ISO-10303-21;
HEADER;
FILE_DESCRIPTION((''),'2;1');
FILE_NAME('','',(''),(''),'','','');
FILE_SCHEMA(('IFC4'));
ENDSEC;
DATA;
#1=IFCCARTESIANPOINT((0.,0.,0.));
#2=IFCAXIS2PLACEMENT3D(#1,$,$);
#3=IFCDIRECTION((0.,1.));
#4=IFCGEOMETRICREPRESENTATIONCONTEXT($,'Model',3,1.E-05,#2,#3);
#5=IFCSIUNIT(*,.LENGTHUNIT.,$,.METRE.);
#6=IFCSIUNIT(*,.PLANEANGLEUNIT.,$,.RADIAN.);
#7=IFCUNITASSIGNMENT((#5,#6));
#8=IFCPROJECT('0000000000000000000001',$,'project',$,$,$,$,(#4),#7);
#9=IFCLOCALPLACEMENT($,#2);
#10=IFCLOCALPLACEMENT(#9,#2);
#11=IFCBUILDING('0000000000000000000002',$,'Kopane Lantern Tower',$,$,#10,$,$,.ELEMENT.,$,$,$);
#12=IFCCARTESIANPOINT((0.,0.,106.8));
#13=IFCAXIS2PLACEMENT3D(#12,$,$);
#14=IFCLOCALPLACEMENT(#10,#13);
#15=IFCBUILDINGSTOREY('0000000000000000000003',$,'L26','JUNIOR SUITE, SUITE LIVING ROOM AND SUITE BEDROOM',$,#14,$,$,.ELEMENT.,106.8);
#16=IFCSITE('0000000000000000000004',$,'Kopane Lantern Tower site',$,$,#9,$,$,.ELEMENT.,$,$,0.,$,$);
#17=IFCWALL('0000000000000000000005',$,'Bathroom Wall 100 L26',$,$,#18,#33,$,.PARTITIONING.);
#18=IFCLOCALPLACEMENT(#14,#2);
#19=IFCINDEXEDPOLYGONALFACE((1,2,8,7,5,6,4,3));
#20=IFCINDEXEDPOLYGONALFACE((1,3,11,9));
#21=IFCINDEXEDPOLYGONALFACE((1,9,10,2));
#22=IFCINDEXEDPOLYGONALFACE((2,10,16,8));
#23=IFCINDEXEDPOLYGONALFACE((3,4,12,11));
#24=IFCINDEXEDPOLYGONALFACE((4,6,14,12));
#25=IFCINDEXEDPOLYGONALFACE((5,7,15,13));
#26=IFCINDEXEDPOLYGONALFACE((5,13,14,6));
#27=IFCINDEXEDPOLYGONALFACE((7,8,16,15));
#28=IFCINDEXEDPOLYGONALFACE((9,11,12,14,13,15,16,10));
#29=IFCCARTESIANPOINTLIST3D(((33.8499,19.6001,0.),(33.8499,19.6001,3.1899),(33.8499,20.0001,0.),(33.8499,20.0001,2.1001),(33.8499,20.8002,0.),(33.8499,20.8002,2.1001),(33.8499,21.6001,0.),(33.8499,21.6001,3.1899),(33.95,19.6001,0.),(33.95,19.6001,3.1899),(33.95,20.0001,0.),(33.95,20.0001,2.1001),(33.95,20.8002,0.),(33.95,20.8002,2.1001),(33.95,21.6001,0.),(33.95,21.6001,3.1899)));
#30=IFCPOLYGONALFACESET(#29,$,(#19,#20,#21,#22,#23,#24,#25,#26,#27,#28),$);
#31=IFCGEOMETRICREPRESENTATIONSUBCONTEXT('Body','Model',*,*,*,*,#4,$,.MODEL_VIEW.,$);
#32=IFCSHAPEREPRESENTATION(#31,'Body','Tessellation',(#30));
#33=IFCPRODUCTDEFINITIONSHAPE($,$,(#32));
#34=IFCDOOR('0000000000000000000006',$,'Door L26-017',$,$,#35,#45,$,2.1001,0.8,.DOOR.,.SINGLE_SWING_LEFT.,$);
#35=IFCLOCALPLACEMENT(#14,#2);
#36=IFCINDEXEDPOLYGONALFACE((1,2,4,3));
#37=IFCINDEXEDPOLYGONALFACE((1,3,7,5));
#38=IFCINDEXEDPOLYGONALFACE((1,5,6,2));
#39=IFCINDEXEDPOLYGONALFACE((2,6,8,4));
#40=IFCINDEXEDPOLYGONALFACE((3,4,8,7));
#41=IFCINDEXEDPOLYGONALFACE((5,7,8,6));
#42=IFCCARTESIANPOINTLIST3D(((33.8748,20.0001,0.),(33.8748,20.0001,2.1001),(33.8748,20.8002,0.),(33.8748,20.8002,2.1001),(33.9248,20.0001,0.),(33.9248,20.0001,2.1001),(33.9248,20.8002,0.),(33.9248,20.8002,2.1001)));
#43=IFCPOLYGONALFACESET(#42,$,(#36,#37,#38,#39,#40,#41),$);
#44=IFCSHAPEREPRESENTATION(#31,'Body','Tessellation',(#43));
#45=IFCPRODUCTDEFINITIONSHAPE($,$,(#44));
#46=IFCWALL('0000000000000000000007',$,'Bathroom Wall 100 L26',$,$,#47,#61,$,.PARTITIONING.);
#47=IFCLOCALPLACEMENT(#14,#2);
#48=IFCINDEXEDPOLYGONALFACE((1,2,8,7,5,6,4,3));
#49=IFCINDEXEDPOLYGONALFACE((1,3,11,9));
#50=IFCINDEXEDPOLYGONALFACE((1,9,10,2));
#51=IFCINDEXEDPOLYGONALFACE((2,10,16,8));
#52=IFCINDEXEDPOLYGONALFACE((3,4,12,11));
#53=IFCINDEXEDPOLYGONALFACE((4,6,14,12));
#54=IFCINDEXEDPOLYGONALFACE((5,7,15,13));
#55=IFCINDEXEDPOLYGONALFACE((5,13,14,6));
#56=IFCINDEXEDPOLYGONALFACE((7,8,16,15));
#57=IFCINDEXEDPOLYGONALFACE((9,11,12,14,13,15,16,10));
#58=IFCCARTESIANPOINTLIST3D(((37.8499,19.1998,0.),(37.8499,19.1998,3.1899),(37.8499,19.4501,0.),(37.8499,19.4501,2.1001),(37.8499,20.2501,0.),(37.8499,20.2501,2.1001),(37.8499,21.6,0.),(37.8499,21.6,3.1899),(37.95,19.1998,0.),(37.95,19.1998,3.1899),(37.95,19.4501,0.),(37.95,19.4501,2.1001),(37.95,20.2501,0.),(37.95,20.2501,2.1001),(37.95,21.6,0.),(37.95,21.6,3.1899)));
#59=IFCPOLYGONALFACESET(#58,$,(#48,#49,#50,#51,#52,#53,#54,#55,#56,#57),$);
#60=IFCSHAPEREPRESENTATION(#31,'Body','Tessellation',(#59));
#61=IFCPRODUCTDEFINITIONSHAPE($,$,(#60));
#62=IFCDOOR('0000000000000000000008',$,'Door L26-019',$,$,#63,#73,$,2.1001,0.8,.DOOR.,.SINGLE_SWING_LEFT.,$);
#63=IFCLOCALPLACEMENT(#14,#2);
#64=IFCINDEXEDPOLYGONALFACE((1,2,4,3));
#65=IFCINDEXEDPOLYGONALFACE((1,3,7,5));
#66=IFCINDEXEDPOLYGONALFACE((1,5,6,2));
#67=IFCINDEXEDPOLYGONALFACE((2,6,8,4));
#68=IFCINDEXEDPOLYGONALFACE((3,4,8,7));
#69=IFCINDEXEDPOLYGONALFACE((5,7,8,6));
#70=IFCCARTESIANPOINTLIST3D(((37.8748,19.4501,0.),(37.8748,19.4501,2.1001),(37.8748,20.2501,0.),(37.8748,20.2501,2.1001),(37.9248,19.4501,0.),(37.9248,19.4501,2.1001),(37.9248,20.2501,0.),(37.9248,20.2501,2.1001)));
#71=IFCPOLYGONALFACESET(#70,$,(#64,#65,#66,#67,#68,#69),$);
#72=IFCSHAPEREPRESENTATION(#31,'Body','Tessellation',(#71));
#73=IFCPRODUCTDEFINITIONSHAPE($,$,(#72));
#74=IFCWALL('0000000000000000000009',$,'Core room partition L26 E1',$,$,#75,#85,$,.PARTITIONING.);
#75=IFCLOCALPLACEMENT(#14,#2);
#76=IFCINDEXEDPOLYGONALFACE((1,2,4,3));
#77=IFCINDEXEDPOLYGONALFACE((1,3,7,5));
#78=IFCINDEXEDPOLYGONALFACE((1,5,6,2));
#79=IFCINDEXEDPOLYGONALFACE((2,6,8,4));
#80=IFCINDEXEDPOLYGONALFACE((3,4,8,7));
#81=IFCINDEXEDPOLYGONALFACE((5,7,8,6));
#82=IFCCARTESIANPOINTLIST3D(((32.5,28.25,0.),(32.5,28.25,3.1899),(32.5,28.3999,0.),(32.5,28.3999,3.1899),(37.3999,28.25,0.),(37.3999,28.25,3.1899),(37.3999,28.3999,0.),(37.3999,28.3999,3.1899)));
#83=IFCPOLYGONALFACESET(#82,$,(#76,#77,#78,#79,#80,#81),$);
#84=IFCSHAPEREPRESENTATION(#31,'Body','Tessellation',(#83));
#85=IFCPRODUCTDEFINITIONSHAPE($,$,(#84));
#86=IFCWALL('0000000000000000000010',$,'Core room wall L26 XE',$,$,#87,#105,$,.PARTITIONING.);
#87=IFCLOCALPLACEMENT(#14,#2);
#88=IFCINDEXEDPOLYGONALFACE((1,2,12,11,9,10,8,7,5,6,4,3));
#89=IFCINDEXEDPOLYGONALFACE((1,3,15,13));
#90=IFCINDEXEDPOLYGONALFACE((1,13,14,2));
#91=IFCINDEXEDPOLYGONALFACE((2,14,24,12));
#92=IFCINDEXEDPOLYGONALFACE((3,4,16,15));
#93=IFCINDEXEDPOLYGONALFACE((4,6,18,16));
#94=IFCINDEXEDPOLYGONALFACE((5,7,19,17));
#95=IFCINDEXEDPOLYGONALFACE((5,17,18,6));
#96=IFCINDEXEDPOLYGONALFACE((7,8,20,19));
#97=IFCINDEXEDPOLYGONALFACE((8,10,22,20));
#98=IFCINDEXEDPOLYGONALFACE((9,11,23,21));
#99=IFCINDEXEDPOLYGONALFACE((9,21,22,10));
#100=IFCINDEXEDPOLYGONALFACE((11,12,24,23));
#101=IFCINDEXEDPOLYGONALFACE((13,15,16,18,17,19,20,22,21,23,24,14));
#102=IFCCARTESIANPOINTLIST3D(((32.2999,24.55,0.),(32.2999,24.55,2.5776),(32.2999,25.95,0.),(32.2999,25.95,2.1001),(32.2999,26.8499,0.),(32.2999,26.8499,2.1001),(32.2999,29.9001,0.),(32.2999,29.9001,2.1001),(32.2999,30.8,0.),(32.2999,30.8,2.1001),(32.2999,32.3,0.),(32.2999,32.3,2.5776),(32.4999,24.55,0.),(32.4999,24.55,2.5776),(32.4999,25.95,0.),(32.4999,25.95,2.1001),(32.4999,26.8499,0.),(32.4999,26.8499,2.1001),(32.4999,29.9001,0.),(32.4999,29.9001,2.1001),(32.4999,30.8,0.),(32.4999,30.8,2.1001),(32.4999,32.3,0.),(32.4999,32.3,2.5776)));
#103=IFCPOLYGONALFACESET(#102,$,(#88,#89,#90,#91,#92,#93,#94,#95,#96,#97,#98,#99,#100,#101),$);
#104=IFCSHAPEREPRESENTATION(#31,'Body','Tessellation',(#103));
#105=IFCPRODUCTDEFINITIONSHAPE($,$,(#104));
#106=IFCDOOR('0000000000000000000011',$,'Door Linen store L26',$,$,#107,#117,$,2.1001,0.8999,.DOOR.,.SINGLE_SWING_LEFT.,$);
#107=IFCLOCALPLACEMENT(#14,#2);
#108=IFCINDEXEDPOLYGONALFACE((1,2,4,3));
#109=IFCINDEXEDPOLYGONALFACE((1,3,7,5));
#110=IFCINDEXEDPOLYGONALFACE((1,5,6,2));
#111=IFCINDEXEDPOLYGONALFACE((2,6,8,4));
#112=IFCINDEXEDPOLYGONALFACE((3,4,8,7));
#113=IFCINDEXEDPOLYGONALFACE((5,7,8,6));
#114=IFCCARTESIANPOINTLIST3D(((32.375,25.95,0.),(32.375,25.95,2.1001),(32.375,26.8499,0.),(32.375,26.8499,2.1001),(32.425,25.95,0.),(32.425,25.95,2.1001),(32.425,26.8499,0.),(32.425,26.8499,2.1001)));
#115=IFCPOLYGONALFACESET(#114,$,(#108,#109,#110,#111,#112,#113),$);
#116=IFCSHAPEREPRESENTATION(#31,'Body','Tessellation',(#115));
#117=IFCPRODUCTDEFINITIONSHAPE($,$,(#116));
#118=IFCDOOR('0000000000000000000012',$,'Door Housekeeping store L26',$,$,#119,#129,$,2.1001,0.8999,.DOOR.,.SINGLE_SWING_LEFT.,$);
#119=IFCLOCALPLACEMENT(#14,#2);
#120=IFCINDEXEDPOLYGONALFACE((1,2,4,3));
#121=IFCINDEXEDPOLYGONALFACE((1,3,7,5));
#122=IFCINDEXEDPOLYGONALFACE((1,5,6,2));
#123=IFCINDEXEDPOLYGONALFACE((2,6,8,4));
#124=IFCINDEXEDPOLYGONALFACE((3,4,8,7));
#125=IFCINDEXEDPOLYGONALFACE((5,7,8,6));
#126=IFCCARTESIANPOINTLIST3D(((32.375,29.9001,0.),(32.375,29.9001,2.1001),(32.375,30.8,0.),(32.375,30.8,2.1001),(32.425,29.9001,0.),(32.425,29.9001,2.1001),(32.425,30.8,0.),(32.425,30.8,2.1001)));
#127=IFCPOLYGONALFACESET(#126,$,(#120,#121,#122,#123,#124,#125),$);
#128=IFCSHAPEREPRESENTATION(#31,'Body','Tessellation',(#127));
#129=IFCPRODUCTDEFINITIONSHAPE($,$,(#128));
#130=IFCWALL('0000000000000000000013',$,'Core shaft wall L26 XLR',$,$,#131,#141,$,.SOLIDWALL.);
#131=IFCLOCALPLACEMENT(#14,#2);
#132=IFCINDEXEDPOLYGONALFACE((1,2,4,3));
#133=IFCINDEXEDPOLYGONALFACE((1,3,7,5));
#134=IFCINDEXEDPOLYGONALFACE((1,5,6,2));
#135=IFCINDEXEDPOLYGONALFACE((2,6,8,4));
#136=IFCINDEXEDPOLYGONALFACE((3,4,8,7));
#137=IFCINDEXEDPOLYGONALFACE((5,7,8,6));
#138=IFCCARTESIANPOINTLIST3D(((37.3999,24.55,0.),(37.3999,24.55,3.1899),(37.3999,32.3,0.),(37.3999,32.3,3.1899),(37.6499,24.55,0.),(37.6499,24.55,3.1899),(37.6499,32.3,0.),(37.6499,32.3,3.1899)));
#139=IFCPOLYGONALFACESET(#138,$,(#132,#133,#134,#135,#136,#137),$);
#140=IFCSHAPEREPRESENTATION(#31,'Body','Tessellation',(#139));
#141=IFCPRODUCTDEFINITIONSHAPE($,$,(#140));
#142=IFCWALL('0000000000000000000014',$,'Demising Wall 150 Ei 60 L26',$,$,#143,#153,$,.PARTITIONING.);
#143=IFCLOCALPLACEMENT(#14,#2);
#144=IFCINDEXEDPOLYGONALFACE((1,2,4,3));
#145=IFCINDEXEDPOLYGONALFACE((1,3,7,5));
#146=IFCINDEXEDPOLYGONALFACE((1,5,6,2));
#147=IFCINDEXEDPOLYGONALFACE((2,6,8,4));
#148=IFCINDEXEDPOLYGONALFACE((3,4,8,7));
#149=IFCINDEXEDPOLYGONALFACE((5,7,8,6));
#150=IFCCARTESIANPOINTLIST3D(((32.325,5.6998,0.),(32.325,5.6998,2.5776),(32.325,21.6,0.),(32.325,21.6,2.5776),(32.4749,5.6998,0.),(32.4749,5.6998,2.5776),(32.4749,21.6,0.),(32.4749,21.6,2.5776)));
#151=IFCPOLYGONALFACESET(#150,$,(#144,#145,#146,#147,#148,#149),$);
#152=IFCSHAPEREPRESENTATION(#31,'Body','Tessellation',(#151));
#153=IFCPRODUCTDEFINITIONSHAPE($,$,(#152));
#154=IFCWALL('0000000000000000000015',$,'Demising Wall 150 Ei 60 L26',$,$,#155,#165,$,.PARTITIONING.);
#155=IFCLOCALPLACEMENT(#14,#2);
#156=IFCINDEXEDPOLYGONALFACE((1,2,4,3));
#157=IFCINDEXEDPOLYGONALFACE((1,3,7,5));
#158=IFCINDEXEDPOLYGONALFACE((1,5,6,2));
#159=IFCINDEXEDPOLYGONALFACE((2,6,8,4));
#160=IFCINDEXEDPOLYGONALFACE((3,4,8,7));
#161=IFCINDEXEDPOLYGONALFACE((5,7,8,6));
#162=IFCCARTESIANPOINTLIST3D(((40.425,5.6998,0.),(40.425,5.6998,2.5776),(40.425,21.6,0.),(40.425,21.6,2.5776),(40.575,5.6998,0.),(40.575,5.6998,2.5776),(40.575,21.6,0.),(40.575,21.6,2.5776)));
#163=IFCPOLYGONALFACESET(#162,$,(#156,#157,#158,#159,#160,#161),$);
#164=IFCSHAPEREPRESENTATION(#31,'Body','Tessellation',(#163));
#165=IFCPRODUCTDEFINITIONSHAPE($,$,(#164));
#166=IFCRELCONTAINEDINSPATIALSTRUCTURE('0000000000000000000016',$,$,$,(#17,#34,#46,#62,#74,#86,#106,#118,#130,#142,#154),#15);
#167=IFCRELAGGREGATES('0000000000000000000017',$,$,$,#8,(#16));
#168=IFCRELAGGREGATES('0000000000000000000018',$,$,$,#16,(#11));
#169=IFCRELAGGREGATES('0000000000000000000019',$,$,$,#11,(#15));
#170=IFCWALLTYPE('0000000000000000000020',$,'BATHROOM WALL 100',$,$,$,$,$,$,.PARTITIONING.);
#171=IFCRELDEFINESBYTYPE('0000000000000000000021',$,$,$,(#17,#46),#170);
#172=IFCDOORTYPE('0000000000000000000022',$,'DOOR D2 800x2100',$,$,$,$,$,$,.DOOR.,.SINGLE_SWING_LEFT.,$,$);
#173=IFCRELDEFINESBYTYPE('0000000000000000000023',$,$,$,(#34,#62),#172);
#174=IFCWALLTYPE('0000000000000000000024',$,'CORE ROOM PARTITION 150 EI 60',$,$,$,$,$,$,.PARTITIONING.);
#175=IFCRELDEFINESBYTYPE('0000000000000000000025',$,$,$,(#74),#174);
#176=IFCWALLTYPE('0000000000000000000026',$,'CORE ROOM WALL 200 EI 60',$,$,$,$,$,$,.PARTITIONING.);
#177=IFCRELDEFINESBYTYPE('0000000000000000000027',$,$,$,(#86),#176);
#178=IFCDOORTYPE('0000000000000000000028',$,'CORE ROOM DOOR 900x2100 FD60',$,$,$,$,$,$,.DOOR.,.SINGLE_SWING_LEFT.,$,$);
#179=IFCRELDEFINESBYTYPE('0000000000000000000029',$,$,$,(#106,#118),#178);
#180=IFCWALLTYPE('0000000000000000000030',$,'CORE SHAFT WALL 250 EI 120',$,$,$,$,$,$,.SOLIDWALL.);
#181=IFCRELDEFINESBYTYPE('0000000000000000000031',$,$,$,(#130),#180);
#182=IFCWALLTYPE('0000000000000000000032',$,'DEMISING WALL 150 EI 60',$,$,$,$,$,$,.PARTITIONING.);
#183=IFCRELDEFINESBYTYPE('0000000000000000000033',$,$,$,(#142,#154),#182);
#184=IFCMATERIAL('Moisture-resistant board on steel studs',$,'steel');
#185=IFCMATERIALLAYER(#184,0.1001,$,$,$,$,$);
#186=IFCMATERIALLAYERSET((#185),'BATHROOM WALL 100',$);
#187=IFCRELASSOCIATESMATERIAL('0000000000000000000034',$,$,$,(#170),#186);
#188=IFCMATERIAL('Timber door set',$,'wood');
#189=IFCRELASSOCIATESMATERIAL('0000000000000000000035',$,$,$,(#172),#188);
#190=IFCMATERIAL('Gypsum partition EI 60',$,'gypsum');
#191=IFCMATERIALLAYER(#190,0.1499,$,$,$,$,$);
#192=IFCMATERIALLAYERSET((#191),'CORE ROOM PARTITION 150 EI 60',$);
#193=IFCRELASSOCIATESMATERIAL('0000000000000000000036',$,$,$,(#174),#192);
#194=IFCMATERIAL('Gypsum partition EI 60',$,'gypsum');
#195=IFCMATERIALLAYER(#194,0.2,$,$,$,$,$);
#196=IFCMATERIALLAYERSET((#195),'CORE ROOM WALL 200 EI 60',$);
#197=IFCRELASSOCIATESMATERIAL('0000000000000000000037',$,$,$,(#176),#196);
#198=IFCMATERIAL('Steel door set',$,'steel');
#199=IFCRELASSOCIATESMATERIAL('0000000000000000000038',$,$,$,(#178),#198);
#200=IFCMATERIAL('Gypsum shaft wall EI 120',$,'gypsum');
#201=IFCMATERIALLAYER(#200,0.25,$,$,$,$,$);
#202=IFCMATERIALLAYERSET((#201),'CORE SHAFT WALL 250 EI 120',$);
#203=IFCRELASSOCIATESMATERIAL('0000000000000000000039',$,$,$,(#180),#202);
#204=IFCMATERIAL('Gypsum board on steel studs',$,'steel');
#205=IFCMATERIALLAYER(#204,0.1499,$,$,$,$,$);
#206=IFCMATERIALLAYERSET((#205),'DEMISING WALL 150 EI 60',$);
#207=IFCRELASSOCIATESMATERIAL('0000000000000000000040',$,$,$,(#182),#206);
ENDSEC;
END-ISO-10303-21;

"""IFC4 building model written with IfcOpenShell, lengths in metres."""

from ifc_helpers import new_model, si_unit, direction, frame, frame_2d, origin, place, context, subcontext, project, spatial, rectangle, extrude, material, layer, layer_set, type_object, element, fill, save


model = new_model("IFC4")

# Units and contexts
model_context = context("Model", 3, precision=1e-05, world=origin(), true_north=direction((0.0, 1.0)))
body_context = subcontext(model_context, "Body", "Model", "MODEL_VIEW")
ifc_project = project(units=[si_unit("LENGTHUNIT", "METRE"), si_unit("PLANEANGLEUNIT", "RADIAN")], contexts=[model_context])

# Site, building, storey
site_placement = place(None, origin())
site = spatial("IfcSite", under=ifc_project, at=site_placement, Name="Kopane Lantern Tower site", CompositionType="ELEMENT", RefElevation=0.0)
building_placement = place(site_placement, origin())
building = spatial("IfcBuilding", under=site, at=building_placement, Name="Kopane Lantern Tower", CompositionType="ELEMENT")
storey_placement = place(building_placement, frame((0.0, 0.0, 106.8)))
storey = spatial("IfcBuildingStorey", under=building, at=storey_placement, Name="L26", Description="JUNIOR SUITE, SUITE LIVING ROOM AND SUITE BEDROOM", CompositionType="ELEMENT", Elevation=106.8)

# Walls, openings, doors
ifc_material_1 = material(Name="Moisture-resistant board on steel studs", Category="steel")
ifc_layer_1 = layer(ifc_material_1, 0.1001)
ifc_layer_set_1 = layer_set([ifc_layer_1], Name="BATHROOM WALL 100")
wall_type_1 = type_object("IfcWallType", Name="BATHROOM WALL 100", PredefinedType="PARTITIONING", material=ifc_layer_set_1)
wall_1_placement = place(storey_placement, frame((33.8999, 21.6001, 0.0), z_axis=(0.0, 0.0, 1.0), x_axis=(0.0, -1.0, 0.0)))
wall_1 = element("IfcWall", 1, at=wall_1_placement, inside=storey, type_object=wall_type_1, Name="Bathroom Wall 100 L26", PredefinedType="PARTITIONING", context=body_context, shape_type="SweptSolid", body=[
    extrude(rectangle(XDim=2.0, YDim=0.1001, at=frame_2d((1.0, 0.0))), origin(), (0.0, 0.0, 1.0), 3.1899),
])
opening_1_placement = place(wall_1_placement, frame((0.8, 0.0, 0.0)))
opening_1 = element("IfcOpeningElement", 2, at=opening_1_placement, cuts=wall_1, PredefinedType="OPENING", context=body_context, shape_type="SweptSolid", body=[
    extrude(rectangle(XDim=0.8, YDim=2.1001, at=frame_2d((0.3999, 1.05))), frame((0.0, 0.0601, 0.0), z_axis=(0.0, -1.0, 0.0), x_axis=(1.0, 0.0, 0.0)), (0.0, 0.0, 1.0), 0.1201),
])
ifc_material_2 = material(Name="Timber door set", Category="wood")
door_type_1 = type_object("IfcDoorType", Name="DOOR D2 800x2100", OperationType="SINGLE_SWING_LEFT", PredefinedType="DOOR", material=ifc_material_2)
door_1_placement = place(opening_1_placement, origin())
door_1 = element("IfcDoor", 3, at=door_1_placement, inside=storey, type_object=door_type_1, Name="Door L26-017", OperationType="SINGLE_SWING_LEFT", OverallHeight=2.1001, OverallWidth=0.8, PredefinedType="DOOR", context=body_context, shape_type="SweptSolid", body=[
    extrude(rectangle(XDim=0.8, YDim=2.1001, at=frame_2d((0.3999, 1.05))), frame((0.0, 0.0249, 0.0), z_axis=(0.0, -1.0, 0.0), x_axis=(1.0, 0.0, 0.0)), (0.0, 0.0, 1.0), 0.05),
])
fill(opening_1, door_1)
wall_2_placement = place(storey_placement, frame((37.8999, 21.6001, 0.0), z_axis=(0.0, 0.0, 1.0), x_axis=(0.0, -1.0, 0.0)))
wall_2 = element("IfcWall", 4, at=wall_2_placement, inside=storey, type_object=wall_type_1, Name="Bathroom Wall 100 L26", PredefinedType="PARTITIONING", context=body_context, shape_type="SweptSolid", body=[
    extrude(rectangle(XDim=2.4001, YDim=0.1001, at=frame_2d((1.2002, 0.0))), origin(), (0.0, 0.0, 1.0), 3.1899),
])
opening_2_placement = place(wall_2_placement, frame((1.3501, 0.0, 0.0)))
opening_2 = element("IfcOpeningElement", 5, at=opening_2_placement, cuts=wall_2, PredefinedType="OPENING", context=body_context, shape_type="SweptSolid", body=[
    extrude(rectangle(XDim=0.8, YDim=2.1001, at=frame_2d((0.3999, 1.05))), frame((0.0, 0.0601, 0.0), z_axis=(0.0, -1.0, 0.0), x_axis=(1.0, 0.0, 0.0)), (0.0, 0.0, 1.0), 0.1201),
])
door_2_placement = place(opening_2_placement, origin())
door_2 = element("IfcDoor", 6, at=door_2_placement, inside=storey, type_object=door_type_1, Name="Door L26-019", OperationType="SINGLE_SWING_LEFT", OverallHeight=2.1001, OverallWidth=0.8, PredefinedType="DOOR", context=body_context, shape_type="SweptSolid", body=[
    extrude(rectangle(XDim=0.8, YDim=2.1001, at=frame_2d((0.3999, 1.05))), frame((0.0, 0.0249, 0.0), z_axis=(0.0, -1.0, 0.0), x_axis=(1.0, 0.0, 0.0)), (0.0, 0.0, 1.0), 0.05),
])
fill(opening_2, door_2)

# Wall
ifc_material_3 = material(Name="Gypsum partition EI 60", Category="gypsum")
ifc_layer_2 = layer(ifc_material_3, 0.1499)
ifc_layer_set_2 = layer_set([ifc_layer_2], Name="CORE ROOM PARTITION 150 EI 60")
wall_type_2 = type_object("IfcWallType", Name="CORE ROOM PARTITION 150 EI 60", PredefinedType="PARTITIONING", material=ifc_layer_set_2)
wall_3_placement = place(storey_placement, frame((32.5, 28.325, 0.0), z_axis=(0.0, 0.0, 1.0), x_axis=(1.0, 0.0, 0.0)))
element("IfcWall", 7, at=wall_3_placement, inside=storey, type_object=wall_type_2, Name="Core room partition L26 E1", PredefinedType="PARTITIONING", context=body_context, shape_type="SweptSolid", body=[
    extrude(rectangle(XDim=4.8999, YDim=0.1499, at=frame_2d((2.45, 0.0))), origin(), (0.0, 0.0, 1.0), 3.1899),
])

# Wall, openings, doors
ifc_material_4 = material(Name="Gypsum partition EI 60", Category="gypsum")
ifc_layer_3 = layer(ifc_material_4, 0.2)
ifc_layer_set_3 = layer_set([ifc_layer_3], Name="CORE ROOM WALL 200 EI 60")
wall_type_3 = type_object("IfcWallType", Name="CORE ROOM WALL 200 EI 60", PredefinedType="PARTITIONING", material=ifc_layer_set_3)
wall_4_placement = place(storey_placement, frame((32.3999, 24.55, 0.0), z_axis=(0.0, 0.0, 1.0), x_axis=(0.0, 1.0, 0.0)))
wall_4 = element("IfcWall", 8, at=wall_4_placement, inside=storey, type_object=wall_type_3, Name="Core room wall L26 XE", PredefinedType="PARTITIONING", context=body_context, shape_type="SweptSolid", body=[
    extrude(rectangle(XDim=7.75, YDim=0.2, at=frame_2d((3.875, 0.0))), origin(), (0.0, 0.0, 1.0), 2.5776),
])
opening_3_placement = place(wall_4_placement, frame((1.3999, 0.0, 0.0)))
opening_3 = element("IfcOpeningElement", 9, at=opening_3_placement, cuts=wall_4, PredefinedType="OPENING", context=body_context, shape_type="SweptSolid", body=[
    extrude(rectangle(XDim=0.8999, YDim=2.1001, at=frame_2d((0.45, 1.05))), frame((0.0, 0.1099, 0.0), z_axis=(0.0, -1.0, 0.0), x_axis=(1.0, 0.0, 0.0)), (0.0, 0.0, 1.0), 0.22),
])
opening_4_placement = place(wall_4_placement, frame((5.3501, 0.0, 0.0)))
opening_4 = element("IfcOpeningElement", 10, at=opening_4_placement, cuts=wall_4, PredefinedType="OPENING", context=body_context, shape_type="SweptSolid", body=[
    extrude(rectangle(XDim=0.8999, YDim=2.1001, at=frame_2d((0.45, 1.05))), frame((0.0, 0.1099, 0.0), z_axis=(0.0, -1.0, 0.0), x_axis=(1.0, 0.0, 0.0)), (0.0, 0.0, 1.0), 0.22),
])
ifc_material_5 = material(Name="Steel door set", Category="steel")
door_type_2 = type_object("IfcDoorType", Name="CORE ROOM DOOR 900x2100 FD60", OperationType="SINGLE_SWING_LEFT", PredefinedType="DOOR", material=ifc_material_5)
door_3_placement = place(opening_3_placement, origin())
door_3 = element("IfcDoor", 11, at=door_3_placement, inside=storey, type_object=door_type_2, Name="Door Linen store L26", OperationType="SINGLE_SWING_LEFT", OverallHeight=2.1001, OverallWidth=0.8999, PredefinedType="DOOR", context=body_context, shape_type="SweptSolid", body=[
    extrude(rectangle(XDim=0.8999, YDim=2.1001, at=frame_2d((0.45, 1.05))), frame((0.0, 0.0249, 0.0), z_axis=(0.0, -1.0, 0.0), x_axis=(1.0, 0.0, 0.0)), (0.0, 0.0, 1.0), 0.05),
])
fill(opening_3, door_3)
door_4_placement = place(opening_4_placement, origin())
door_4 = element("IfcDoor", 12, at=door_4_placement, inside=storey, type_object=door_type_2, Name="Door Housekeeping store L26", OperationType="SINGLE_SWING_LEFT", OverallHeight=2.1001, OverallWidth=0.8999, PredefinedType="DOOR", context=body_context, shape_type="SweptSolid", body=[
    extrude(rectangle(XDim=0.8999, YDim=2.1001, at=frame_2d((0.45, 1.05))), frame((0.0, 0.0249, 0.0), z_axis=(0.0, -1.0, 0.0), x_axis=(1.0, 0.0, 0.0)), (0.0, 0.0, 1.0), 0.05),
])
fill(opening_4, door_4)

# Walls
ifc_material_6 = material(Name="Gypsum shaft wall EI 120", Category="gypsum")
ifc_layer_4 = layer(ifc_material_6, 0.25)
ifc_layer_set_4 = layer_set([ifc_layer_4], Name="CORE SHAFT WALL 250 EI 120")
wall_type_4 = type_object("IfcWallType", Name="CORE SHAFT WALL 250 EI 120", PredefinedType="SOLIDWALL", material=ifc_layer_set_4)
wall_5_placement = place(storey_placement, frame((37.5249, 24.55, 0.0), z_axis=(0.0, 0.0, 1.0), x_axis=(0.0, 1.0, 0.0)))
element("IfcWall", 13, at=wall_5_placement, inside=storey, type_object=wall_type_4, Name="Core shaft wall L26 XLR", PredefinedType="SOLIDWALL", context=body_context, shape_type="SweptSolid", body=[
    extrude(rectangle(XDim=7.75, YDim=0.25, at=frame_2d((3.875, 0.0))), origin(), (0.0, 0.0, 1.0), 3.1899),
])
ifc_material_7 = material(Name="Gypsum board on steel studs", Category="steel")
ifc_layer_5 = layer(ifc_material_7, 0.1499)
ifc_layer_set_5 = layer_set([ifc_layer_5], Name="DEMISING WALL 150 EI 60")
wall_type_5 = type_object("IfcWallType", Name="DEMISING WALL 150 EI 60", PredefinedType="PARTITIONING", material=ifc_layer_set_5)
for number, where, z_axis, x_axis, name in (
    (14, (32.3999, 21.6001, 0.0), (0.0, 0.0, 1.0), (0.0, -1.0, 0.0), "Demising Wall 150 Ei 60 L26"),
    (15, (40.5, 21.6001, 0.0), (0.0, 0.0, 1.0), (0.0, -1.0, 0.0), "Demising Wall 150 Ei 60 L26"),
):
    element("IfcWall", number, at=place(storey_placement, frame(where, z_axis=z_axis, x_axis=x_axis)), inside=storey, type_object=wall_type_5, Name=name, PredefinedType="PARTITIONING", context=body_context, shape_type="SweptSolid", body=[
        extrude(rectangle(XDim=15.9001, YDim=0.1499, at=frame_2d((7.9502, 0.0))), origin(), (0.0, 0.0, 1.0), 2.5776),
    ])

save(model, "model.ifc")
